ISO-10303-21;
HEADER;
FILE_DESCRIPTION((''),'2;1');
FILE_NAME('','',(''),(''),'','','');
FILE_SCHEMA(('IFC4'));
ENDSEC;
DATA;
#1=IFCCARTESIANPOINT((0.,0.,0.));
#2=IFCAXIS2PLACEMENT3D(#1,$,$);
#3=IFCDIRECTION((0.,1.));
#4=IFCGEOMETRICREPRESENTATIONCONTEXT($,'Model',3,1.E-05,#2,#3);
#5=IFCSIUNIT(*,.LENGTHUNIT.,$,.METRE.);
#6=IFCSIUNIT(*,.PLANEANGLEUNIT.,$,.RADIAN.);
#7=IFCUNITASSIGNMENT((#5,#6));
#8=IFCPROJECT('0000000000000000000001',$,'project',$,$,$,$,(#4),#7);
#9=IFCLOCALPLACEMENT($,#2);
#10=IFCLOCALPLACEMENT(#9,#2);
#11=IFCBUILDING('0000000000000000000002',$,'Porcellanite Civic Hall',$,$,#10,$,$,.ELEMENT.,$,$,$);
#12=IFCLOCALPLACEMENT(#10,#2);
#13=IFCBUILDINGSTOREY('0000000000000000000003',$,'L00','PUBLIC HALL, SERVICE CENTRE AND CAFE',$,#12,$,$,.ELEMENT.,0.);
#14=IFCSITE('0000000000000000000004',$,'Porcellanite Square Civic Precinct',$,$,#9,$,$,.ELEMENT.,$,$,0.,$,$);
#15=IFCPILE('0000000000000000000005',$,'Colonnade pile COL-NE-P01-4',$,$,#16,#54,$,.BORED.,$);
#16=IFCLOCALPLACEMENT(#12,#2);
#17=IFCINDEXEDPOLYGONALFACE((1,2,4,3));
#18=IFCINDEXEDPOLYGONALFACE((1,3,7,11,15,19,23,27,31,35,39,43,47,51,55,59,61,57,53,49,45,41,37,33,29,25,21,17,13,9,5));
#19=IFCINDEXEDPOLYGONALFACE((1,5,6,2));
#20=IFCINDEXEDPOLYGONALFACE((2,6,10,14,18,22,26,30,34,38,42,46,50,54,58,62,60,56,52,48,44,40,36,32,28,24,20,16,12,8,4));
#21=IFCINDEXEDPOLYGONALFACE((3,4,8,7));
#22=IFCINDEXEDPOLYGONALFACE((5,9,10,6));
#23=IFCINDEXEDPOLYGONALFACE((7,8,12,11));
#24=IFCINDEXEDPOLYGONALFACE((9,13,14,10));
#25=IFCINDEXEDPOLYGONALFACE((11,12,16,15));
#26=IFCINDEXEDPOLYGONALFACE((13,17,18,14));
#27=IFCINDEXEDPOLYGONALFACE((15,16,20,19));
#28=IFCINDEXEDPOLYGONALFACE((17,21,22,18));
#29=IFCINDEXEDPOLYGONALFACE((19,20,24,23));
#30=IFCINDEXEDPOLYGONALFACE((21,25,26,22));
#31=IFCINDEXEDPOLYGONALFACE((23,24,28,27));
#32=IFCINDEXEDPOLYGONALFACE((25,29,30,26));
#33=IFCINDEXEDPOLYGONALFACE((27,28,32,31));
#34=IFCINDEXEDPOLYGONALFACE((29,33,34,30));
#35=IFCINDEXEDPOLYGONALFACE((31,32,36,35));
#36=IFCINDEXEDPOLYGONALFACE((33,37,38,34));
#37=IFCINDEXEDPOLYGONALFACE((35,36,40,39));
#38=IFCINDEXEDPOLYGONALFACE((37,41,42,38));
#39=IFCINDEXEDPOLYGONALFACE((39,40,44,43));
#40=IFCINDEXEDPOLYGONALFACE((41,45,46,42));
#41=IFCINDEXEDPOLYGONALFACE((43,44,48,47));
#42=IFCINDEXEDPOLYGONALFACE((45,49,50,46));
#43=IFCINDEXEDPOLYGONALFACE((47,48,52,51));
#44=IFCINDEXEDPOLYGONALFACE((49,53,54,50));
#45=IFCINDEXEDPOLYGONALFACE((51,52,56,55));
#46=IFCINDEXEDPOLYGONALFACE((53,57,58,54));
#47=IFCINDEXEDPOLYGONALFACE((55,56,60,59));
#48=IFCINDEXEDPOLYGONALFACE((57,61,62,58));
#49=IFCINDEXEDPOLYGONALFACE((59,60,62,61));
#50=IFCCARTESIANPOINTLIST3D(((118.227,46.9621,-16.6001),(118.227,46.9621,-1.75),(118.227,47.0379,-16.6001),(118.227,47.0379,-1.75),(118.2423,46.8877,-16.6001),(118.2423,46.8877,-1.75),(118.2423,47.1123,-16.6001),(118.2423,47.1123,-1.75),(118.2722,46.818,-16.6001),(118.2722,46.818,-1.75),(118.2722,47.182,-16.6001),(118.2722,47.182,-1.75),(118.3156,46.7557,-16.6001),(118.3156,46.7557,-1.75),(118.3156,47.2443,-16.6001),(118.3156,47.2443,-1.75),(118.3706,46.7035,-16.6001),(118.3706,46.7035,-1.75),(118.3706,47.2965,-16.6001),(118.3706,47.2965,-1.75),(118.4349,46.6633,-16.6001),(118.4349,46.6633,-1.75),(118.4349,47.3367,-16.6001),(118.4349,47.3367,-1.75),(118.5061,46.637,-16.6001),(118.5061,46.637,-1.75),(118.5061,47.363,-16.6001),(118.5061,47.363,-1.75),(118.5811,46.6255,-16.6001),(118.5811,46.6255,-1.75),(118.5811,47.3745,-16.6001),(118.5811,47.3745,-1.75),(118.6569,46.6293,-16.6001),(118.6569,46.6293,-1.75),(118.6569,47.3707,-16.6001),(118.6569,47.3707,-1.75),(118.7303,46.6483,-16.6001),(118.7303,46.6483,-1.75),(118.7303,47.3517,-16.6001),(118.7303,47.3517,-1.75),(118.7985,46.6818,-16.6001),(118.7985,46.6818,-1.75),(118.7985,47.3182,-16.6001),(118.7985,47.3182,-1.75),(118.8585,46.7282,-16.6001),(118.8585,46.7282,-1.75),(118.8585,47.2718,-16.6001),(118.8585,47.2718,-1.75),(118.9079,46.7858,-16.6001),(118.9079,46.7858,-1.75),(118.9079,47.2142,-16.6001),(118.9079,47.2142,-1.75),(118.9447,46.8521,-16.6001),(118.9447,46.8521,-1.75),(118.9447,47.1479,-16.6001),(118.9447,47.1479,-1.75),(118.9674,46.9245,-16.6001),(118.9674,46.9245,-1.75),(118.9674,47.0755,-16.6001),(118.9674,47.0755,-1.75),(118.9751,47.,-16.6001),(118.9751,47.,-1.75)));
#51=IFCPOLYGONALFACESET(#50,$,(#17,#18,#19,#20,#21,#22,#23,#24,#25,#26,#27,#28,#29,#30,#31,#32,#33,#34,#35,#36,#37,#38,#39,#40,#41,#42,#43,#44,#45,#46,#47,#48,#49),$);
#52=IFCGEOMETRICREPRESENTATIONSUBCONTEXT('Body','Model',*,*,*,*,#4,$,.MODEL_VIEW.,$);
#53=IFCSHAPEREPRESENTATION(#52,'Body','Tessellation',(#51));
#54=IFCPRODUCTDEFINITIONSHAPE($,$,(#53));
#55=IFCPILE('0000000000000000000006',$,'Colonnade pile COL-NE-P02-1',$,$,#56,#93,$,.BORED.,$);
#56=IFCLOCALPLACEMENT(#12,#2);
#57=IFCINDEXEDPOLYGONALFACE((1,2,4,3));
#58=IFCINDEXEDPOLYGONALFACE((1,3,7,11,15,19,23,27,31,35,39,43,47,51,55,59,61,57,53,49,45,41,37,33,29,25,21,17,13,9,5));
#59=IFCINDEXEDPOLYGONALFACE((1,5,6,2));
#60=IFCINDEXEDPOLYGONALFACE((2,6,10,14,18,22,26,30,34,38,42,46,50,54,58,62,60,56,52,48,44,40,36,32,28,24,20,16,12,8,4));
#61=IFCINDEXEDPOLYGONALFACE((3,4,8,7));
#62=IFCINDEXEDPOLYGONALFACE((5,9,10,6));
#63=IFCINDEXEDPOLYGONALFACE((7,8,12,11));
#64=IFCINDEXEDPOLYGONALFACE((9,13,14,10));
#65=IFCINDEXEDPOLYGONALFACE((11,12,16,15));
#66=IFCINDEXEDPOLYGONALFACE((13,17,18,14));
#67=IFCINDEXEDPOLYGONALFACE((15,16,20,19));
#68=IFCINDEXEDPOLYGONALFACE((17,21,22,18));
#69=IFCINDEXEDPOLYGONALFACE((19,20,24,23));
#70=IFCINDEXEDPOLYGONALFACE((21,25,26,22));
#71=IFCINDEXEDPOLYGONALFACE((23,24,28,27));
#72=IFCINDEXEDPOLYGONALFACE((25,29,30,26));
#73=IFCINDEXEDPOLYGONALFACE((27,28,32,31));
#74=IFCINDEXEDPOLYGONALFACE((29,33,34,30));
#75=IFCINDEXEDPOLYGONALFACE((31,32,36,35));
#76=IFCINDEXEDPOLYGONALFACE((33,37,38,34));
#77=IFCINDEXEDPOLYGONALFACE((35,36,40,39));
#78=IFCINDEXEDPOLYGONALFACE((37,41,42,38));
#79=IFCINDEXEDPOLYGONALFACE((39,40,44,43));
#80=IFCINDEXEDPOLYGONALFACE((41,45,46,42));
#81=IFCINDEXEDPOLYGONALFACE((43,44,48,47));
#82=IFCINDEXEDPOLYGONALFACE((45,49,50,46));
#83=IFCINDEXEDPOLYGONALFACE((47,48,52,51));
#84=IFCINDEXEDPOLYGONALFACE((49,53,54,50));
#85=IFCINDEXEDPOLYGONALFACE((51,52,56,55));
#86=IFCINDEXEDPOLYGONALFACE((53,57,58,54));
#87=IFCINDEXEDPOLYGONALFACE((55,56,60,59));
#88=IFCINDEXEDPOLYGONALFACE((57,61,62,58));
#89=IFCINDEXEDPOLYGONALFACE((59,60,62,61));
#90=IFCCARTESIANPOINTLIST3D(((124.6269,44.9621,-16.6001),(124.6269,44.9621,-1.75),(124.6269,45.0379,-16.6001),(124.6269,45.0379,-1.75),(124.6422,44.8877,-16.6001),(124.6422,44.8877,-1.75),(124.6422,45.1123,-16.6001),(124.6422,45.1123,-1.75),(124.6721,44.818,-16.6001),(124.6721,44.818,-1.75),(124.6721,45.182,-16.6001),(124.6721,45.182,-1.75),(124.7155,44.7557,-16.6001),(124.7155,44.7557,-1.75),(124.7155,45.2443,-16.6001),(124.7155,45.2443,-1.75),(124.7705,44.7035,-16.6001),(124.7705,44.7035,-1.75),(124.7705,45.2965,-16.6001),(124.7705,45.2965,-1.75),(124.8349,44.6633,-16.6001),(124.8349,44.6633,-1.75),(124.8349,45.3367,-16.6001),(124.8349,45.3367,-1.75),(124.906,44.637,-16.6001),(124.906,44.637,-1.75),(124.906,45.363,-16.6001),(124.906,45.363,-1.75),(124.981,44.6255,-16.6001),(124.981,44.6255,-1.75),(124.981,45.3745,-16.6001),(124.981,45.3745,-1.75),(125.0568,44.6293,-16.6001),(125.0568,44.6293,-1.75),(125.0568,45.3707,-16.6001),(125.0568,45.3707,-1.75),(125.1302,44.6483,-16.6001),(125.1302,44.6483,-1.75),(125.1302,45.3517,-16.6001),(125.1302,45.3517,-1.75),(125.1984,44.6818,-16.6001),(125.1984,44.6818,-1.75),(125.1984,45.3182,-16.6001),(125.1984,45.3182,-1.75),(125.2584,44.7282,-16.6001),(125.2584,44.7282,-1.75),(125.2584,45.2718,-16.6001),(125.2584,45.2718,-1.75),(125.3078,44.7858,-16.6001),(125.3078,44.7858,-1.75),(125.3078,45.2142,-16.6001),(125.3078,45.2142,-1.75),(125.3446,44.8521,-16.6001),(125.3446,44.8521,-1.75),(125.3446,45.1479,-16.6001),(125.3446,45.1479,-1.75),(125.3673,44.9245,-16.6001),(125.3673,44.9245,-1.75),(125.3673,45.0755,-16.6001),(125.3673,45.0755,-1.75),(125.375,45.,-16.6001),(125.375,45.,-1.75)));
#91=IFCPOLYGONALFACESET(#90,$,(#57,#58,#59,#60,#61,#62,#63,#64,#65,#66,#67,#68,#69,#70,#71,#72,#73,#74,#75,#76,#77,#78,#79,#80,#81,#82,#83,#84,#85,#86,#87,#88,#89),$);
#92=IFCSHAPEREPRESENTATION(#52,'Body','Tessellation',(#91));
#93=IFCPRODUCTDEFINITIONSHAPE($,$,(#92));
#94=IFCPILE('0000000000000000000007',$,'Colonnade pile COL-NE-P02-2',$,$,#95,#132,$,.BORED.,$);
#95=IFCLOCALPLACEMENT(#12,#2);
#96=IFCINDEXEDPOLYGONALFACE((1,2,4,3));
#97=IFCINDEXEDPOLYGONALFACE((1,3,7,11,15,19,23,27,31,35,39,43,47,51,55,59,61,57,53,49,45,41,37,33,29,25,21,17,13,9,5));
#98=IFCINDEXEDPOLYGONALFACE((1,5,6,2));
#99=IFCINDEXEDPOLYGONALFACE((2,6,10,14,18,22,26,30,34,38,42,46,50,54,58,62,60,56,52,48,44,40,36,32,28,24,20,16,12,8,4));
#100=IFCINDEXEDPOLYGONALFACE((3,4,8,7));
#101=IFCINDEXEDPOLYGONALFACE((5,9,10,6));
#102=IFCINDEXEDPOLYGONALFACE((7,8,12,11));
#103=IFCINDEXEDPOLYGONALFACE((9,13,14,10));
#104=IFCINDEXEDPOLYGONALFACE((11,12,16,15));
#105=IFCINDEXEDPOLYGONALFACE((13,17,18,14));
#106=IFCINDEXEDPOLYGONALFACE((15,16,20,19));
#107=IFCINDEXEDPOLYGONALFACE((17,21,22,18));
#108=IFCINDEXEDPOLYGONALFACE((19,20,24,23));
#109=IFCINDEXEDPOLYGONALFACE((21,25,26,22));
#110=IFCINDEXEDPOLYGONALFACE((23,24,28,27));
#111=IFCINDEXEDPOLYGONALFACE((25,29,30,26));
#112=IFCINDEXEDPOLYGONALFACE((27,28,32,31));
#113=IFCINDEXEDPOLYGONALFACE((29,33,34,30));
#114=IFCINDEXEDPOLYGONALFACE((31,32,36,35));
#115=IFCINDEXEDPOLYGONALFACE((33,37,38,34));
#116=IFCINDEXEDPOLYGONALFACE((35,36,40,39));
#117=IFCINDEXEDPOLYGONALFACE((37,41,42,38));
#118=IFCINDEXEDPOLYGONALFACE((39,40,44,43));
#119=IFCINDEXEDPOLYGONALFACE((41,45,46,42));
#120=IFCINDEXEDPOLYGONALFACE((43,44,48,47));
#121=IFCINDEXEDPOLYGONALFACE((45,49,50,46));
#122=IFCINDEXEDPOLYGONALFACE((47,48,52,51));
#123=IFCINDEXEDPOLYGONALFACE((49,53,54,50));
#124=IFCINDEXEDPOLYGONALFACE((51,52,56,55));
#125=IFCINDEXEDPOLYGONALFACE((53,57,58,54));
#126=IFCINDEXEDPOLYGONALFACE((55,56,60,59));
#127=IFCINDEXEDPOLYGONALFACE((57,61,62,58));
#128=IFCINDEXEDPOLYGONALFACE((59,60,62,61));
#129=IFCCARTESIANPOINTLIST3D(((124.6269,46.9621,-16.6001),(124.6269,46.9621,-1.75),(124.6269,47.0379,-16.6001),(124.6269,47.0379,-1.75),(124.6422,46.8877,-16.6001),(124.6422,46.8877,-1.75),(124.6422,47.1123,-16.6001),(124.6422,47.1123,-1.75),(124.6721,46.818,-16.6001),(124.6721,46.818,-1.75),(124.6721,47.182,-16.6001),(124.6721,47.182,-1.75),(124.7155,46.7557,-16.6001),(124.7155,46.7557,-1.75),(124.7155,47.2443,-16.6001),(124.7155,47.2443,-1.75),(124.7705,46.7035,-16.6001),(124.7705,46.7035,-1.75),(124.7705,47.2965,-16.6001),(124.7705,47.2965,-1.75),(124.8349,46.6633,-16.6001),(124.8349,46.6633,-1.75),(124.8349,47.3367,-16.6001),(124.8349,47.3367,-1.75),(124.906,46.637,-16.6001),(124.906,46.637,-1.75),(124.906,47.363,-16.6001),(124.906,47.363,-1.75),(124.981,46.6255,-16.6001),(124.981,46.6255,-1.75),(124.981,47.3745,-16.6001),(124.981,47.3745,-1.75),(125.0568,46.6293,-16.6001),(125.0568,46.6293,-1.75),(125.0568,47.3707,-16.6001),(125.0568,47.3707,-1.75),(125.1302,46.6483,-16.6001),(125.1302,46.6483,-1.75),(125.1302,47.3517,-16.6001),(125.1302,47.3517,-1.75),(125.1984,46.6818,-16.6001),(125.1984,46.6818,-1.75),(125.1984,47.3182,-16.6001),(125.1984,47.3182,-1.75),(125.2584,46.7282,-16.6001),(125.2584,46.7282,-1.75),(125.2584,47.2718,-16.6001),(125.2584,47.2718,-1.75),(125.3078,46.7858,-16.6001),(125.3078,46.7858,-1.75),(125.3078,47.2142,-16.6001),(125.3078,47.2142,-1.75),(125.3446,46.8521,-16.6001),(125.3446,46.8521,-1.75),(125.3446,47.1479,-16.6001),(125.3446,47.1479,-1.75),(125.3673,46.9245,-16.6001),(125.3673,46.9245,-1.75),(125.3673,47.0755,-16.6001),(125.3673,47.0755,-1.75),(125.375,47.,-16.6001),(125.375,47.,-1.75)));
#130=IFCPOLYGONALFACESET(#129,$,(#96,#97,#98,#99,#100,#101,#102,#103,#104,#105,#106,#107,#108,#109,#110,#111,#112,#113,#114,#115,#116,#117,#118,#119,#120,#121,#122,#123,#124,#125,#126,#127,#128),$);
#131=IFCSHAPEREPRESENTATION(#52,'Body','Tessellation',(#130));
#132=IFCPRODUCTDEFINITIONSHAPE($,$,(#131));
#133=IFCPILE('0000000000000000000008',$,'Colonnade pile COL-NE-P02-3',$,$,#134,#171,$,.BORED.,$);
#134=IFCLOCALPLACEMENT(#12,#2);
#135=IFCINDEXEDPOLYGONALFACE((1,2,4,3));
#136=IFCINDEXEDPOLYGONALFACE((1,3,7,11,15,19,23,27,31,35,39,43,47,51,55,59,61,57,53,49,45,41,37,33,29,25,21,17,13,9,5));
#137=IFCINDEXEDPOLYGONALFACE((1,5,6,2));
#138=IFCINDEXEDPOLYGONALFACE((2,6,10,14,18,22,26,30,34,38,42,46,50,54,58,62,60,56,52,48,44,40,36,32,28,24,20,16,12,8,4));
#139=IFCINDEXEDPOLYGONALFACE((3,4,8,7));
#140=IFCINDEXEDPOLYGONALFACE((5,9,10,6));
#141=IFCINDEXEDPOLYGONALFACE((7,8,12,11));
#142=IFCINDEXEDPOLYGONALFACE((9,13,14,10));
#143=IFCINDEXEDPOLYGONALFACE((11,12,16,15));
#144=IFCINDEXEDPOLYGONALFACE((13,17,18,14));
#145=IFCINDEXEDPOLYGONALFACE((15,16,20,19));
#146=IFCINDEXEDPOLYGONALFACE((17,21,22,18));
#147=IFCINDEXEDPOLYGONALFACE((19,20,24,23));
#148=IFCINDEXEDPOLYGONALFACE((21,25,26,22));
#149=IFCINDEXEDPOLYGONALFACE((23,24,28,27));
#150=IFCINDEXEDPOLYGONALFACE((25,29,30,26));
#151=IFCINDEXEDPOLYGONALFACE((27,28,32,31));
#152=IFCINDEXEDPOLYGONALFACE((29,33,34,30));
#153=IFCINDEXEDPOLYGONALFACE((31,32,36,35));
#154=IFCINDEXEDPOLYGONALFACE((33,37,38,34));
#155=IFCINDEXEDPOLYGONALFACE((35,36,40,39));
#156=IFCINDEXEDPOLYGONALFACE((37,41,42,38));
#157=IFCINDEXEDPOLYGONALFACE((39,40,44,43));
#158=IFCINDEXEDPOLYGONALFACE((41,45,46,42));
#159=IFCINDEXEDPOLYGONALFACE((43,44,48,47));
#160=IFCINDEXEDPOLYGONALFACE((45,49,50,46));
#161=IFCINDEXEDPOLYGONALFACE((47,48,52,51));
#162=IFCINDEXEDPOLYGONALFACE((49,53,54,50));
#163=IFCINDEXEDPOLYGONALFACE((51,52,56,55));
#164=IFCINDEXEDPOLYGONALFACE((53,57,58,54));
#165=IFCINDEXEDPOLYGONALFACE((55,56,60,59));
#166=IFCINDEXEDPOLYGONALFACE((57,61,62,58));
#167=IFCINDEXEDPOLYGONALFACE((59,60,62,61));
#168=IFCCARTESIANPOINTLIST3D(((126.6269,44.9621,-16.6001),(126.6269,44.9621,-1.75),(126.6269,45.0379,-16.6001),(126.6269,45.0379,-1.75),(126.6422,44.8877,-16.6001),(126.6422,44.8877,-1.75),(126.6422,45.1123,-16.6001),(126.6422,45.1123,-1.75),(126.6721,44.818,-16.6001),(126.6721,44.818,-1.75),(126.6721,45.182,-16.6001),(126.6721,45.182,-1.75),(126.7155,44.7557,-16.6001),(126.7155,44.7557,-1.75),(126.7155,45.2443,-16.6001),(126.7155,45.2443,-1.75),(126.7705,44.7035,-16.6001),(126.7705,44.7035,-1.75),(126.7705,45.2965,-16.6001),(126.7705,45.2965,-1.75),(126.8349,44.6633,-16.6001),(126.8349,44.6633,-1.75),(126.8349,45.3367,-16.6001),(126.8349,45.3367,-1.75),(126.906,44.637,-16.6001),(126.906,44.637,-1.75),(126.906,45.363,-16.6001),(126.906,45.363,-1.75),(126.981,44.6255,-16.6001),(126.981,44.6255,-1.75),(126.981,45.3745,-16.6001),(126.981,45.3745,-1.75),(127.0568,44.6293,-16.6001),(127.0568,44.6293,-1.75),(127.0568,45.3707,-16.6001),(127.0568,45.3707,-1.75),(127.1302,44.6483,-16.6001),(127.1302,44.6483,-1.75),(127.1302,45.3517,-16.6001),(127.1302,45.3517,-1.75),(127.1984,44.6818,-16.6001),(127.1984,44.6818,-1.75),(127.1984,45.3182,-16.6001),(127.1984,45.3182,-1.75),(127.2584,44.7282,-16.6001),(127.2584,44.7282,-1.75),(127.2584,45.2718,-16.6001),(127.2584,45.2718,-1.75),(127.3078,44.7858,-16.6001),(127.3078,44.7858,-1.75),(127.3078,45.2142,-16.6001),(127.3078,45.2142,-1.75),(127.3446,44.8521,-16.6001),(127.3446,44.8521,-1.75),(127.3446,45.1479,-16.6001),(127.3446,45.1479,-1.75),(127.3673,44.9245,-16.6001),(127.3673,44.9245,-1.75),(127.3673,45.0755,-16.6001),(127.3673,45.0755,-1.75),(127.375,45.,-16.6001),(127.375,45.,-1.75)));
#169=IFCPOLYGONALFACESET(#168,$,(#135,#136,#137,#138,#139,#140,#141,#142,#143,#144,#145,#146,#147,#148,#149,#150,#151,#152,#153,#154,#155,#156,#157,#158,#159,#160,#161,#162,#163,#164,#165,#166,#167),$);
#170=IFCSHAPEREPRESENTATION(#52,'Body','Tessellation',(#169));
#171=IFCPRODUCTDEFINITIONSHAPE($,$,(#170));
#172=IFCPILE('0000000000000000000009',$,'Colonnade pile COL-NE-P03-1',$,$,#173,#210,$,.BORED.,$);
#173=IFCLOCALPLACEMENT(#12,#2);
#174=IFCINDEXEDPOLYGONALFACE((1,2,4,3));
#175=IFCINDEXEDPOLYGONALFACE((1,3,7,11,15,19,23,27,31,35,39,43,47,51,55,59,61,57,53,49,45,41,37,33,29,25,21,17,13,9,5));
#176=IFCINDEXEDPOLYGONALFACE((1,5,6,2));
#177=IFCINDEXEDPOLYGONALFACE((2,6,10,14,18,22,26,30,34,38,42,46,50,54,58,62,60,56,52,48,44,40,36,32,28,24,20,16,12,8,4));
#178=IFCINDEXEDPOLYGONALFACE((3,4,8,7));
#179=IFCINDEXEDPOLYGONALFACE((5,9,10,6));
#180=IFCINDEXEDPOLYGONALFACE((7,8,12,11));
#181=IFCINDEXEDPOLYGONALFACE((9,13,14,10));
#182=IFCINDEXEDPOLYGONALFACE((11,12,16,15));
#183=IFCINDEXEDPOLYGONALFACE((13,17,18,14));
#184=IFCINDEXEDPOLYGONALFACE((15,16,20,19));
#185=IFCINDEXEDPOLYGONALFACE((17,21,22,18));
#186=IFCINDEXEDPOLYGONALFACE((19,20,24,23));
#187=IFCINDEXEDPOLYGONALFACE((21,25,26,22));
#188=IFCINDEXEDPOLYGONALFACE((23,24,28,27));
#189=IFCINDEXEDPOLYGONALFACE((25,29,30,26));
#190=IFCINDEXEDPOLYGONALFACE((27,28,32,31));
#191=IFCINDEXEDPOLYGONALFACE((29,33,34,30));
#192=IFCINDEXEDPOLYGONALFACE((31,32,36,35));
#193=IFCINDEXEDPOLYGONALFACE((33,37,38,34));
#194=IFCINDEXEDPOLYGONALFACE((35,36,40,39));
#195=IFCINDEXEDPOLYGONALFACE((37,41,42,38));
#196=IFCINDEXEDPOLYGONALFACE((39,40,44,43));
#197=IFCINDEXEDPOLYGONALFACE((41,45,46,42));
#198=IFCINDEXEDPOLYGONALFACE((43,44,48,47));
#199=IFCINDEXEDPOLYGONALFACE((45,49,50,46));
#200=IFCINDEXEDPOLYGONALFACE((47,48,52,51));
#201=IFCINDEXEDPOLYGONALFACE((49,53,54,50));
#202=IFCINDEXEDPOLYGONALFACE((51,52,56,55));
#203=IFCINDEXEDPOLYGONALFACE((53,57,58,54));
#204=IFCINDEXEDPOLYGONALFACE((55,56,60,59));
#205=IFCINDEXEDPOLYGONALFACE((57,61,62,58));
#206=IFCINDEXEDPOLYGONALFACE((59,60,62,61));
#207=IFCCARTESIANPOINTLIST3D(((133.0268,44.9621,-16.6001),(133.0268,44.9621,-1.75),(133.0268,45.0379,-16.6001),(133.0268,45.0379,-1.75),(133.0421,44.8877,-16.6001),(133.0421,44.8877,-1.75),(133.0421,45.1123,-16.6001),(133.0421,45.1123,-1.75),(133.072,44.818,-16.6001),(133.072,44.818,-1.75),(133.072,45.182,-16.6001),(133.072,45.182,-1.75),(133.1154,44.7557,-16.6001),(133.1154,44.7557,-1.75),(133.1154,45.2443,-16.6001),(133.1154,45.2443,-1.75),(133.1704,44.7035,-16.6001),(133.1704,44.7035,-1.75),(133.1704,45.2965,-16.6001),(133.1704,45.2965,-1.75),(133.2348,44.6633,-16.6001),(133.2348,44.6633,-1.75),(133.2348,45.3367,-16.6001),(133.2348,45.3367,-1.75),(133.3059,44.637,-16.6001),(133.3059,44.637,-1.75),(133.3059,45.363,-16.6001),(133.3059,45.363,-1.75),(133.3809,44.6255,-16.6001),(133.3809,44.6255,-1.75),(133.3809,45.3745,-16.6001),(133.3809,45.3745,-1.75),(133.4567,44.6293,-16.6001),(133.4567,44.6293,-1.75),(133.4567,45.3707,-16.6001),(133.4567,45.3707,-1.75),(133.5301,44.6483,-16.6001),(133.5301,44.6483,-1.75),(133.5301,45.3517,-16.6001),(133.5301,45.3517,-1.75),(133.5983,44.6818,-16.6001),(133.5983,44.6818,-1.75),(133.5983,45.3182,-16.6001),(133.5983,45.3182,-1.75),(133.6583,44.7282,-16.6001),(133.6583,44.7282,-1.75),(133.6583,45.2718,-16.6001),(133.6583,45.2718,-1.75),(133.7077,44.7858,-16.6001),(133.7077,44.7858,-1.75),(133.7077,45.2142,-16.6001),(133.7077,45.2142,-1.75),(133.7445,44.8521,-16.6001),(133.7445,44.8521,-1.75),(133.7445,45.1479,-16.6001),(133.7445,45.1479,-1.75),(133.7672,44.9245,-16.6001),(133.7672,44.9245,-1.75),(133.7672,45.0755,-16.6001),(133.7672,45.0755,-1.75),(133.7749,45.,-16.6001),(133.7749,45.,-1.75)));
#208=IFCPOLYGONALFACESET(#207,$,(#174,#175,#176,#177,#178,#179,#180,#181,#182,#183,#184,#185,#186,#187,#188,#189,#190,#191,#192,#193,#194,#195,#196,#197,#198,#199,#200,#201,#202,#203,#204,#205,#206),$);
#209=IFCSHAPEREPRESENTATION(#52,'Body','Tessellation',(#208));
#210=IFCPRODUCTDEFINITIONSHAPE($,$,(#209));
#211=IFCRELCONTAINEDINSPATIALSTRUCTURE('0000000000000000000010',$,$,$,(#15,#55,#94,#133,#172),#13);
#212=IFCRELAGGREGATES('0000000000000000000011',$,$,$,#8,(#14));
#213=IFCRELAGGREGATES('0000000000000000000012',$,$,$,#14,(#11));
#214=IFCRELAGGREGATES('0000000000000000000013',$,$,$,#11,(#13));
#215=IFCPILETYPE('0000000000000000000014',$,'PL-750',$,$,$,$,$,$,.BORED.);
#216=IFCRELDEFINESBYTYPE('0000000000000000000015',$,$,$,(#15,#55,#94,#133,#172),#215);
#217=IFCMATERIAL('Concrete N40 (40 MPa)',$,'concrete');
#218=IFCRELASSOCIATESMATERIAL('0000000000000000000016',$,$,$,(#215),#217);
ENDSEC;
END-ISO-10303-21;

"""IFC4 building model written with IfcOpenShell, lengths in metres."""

from ifc_helpers import new_model, si_unit, direction, frame, origin, origin_2d, place, context, subcontext, project, spatial, circle, extrude, material, material_profile, profile_set, type_object, element, save


model = new_model("IFC4")

# Units and contexts
model_context = context("Model", 3, precision=1e-05, world=origin(), true_north=direction((0.0, 1.0)))
body_context = subcontext(model_context, "Body", "Model", "MODEL_VIEW")
ifc_project = project(units=[si_unit("LENGTHUNIT", "METRE"), si_unit("PLANEANGLEUNIT", "RADIAN")], contexts=[model_context])

# Site, building, storey
site_placement = place(None, origin())
site = spatial("IfcSite", under=ifc_project, at=site_placement, Name="Porcellanite Square Civic Precinct", CompositionType="ELEMENT", RefElevation=0.0)
building_placement = place(site_placement, origin())
building = spatial("IfcBuilding", under=site, at=building_placement, Name="Porcellanite Civic Hall", CompositionType="ELEMENT")
storey_placement = place(building_placement, origin())
storey = spatial("IfcBuildingStorey", under=building, at=storey_placement, Name="L00", Description="PUBLIC HALL, SERVICE CENTRE AND CAFE", CompositionType="ELEMENT", Elevation=0.0)

# Piles
ifc_material_1 = material(Name="Concrete N40 (40 MPa)", Category="concrete")
ifc_material_profile_1 = material_profile(ifc_material_1, circle(Radius=0.375, at=origin_2d()), Name="PILE-D750")
ifc_profile_set_1 = profile_set([ifc_material_profile_1], Name="Concrete N40 (40 MPa)")
pile_type = type_object("IfcPileType", Name="PL-750", PredefinedType="BORED", material=ifc_profile_set_1)
for number, where, z_axis, x_axis, name in (
    (1, (118.6001, 47.0, -1.75), (0.0, 0.0, -1.0), (1.0, 0.0, 0.0), "Colonnade pile COL-NE-P01-4"),
    (2, (125.0, 45.0, -1.75), (0.0, 0.0, -1.0), (1.0, 0.0, 0.0), "Colonnade pile COL-NE-P02-1"),
    (3, (125.0, 47.0, -1.75), (0.0, 0.0, -1.0), (1.0, 0.0, 0.0), "Colonnade pile COL-NE-P02-2"),
    (4, (127.0, 45.0, -1.75), (0.0, 0.0, -1.0), (1.0, 0.0, 0.0), "Colonnade pile COL-NE-P02-3"),
    (5, (133.3999, 45.0, -1.75), (0.0, 0.0, -1.0), (1.0, 0.0, 0.0), "Colonnade pile COL-NE-P03-1"),
):
    element("IfcPile", number, at=place(storey_placement, frame(where, z_axis=z_axis, x_axis=x_axis)), inside=storey, type_object=pile_type, Name=name, PredefinedType="BORED", context=body_context, shape_type="SweptSolid", body=[
        extrude(circle(Radius=0.375, at=origin_2d()), origin(), (0.0, 0.0, 1.0), 14.8501),
    ])

save(model, "model.ifc")
